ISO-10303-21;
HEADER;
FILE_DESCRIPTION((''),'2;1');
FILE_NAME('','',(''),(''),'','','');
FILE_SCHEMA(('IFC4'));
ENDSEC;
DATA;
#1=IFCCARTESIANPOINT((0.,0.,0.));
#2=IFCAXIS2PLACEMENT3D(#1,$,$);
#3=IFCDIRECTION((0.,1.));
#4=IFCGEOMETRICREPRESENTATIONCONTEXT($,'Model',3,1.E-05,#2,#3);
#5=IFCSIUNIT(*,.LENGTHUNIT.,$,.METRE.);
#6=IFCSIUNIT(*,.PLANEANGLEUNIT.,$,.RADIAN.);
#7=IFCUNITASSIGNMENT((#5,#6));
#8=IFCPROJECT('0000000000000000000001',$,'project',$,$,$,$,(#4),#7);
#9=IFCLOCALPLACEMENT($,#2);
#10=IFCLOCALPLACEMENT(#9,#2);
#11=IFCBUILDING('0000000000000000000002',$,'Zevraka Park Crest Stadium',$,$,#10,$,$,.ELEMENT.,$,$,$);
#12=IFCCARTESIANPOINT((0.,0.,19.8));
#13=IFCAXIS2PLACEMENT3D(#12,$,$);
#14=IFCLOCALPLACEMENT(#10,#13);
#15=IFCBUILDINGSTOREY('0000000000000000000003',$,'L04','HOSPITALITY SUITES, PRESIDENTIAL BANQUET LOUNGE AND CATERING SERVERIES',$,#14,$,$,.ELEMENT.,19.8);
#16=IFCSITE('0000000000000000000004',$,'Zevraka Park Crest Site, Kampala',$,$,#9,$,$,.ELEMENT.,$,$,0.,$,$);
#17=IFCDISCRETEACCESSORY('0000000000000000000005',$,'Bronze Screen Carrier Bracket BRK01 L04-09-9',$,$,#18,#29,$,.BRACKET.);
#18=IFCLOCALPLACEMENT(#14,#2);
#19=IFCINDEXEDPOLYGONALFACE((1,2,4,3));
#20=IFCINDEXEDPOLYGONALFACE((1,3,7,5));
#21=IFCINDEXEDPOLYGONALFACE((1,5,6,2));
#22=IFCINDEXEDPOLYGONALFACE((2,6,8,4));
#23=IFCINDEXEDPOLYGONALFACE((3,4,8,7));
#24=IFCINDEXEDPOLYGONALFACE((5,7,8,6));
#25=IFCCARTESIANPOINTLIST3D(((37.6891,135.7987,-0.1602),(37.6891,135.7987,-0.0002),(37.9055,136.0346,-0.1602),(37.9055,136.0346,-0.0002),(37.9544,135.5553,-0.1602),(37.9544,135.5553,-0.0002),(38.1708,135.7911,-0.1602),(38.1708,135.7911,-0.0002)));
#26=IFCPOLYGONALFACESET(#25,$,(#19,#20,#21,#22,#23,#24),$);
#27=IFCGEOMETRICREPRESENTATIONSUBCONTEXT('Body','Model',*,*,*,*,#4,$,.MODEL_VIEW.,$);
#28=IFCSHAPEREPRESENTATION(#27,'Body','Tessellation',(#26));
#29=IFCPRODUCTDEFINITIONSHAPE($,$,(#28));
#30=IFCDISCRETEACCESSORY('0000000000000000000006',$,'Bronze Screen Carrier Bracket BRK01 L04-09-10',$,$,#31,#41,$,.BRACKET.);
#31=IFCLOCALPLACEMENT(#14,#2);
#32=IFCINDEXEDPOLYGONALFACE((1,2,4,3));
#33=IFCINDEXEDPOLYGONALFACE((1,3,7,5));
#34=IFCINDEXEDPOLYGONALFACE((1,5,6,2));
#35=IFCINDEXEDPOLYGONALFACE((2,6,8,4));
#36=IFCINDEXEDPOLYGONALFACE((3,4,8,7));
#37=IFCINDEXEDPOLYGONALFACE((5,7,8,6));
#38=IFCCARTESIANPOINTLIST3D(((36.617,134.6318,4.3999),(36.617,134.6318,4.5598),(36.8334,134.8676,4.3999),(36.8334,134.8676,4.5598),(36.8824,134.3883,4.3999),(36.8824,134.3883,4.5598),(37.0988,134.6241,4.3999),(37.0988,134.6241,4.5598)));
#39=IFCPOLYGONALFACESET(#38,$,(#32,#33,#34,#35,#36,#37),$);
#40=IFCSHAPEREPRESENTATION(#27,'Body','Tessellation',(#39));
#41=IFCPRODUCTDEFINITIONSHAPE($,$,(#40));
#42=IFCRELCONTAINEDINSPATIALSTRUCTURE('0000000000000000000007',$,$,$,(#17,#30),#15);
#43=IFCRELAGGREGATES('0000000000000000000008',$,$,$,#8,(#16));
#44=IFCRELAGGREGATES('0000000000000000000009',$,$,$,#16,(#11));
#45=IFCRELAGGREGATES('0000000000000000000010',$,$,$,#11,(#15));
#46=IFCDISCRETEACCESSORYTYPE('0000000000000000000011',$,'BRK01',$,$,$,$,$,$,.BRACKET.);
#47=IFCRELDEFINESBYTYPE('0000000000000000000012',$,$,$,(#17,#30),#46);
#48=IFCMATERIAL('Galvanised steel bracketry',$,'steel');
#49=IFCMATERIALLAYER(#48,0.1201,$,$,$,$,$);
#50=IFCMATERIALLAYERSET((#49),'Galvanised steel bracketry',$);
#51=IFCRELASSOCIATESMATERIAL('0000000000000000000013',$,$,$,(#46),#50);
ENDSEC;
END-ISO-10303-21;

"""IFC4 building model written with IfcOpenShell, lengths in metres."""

from ifc_helpers import new_model, si_unit, direction, frame, origin, origin_2d, place, context, subcontext, project, spatial, rectangle, extrude, material, layer, layer_set, type_object, element, save


model = new_model("IFC4")

# Units and contexts
model_context = context("Model", 3, precision=1e-05, world=origin(), true_north=direction((0.0, 1.0)))
body_context = subcontext(model_context, "Body", "Model", "MODEL_VIEW")
ifc_project = project(units=[si_unit("LENGTHUNIT", "METRE"), si_unit("PLANEANGLEUNIT", "RADIAN")], contexts=[model_context])

# Site, building, storey
site_placement = place(None, origin())
site = spatial("IfcSite", under=ifc_project, at=site_placement, Name="Zevraka Park Crest Site, Kampala", CompositionType="ELEMENT", RefElevation=0.0)
building_placement = place(site_placement, origin())
building = spatial("IfcBuilding", under=site, at=building_placement, Name="Zevraka Park Crest Stadium", CompositionType="ELEMENT")
storey_placement = place(building_placement, frame((0.0, 0.0, 19.8)))
storey = spatial("IfcBuildingStorey", under=building, at=storey_placement, Name="L04", Description="HOSPITALITY SUITES, PRESIDENTIAL BANQUET LOUNGE AND CATERING SERVERIES", CompositionType="ELEMENT", Elevation=19.8)

# Discrete accessories
ifc_material_1 = material(Name="Galvanised steel bracketry", Category="steel")
ifc_layer_1 = layer(ifc_material_1, 0.1201)
ifc_layer_set_1 = layer_set([ifc_layer_1], Name="Galvanised steel bracketry")
discrete_accessory_type = type_object("IfcDiscreteAccessoryType", Name="BRK01", PredefinedType="BRACKET", material=ifc_layer_set_1)
for number, where, z_axis, x_axis, name in (
    (1, (37.9299, 135.7949, -0.1602), (0.0, 0.0, 1.0), (-0.676105, -0.736806, 0.0), "Bronze Screen Carrier Bracket BRK01 L04-09-9"),
    (2, (36.8579, 134.6279, 4.3999), (0.0, 0.0, 1.0), (-0.676105, -0.736806, 0.0), "Bronze Screen Carrier Bracket BRK01 L04-09-10"),
):
    element("IfcDiscreteAccessory", number, at=place(storey_placement, frame(where, z_axis=z_axis, x_axis=x_axis)), inside=storey, type_object=discrete_accessory_type, Name=name, PredefinedType="BRACKET", context=body_context, shape_type="SweptSolid", body=[
        extrude(rectangle(XDim=0.3201, YDim=0.3601, at=origin_2d()), origin(), (0.0, 0.0, 1.0), 0.1599),
    ])

save(model, "model.ifc")
